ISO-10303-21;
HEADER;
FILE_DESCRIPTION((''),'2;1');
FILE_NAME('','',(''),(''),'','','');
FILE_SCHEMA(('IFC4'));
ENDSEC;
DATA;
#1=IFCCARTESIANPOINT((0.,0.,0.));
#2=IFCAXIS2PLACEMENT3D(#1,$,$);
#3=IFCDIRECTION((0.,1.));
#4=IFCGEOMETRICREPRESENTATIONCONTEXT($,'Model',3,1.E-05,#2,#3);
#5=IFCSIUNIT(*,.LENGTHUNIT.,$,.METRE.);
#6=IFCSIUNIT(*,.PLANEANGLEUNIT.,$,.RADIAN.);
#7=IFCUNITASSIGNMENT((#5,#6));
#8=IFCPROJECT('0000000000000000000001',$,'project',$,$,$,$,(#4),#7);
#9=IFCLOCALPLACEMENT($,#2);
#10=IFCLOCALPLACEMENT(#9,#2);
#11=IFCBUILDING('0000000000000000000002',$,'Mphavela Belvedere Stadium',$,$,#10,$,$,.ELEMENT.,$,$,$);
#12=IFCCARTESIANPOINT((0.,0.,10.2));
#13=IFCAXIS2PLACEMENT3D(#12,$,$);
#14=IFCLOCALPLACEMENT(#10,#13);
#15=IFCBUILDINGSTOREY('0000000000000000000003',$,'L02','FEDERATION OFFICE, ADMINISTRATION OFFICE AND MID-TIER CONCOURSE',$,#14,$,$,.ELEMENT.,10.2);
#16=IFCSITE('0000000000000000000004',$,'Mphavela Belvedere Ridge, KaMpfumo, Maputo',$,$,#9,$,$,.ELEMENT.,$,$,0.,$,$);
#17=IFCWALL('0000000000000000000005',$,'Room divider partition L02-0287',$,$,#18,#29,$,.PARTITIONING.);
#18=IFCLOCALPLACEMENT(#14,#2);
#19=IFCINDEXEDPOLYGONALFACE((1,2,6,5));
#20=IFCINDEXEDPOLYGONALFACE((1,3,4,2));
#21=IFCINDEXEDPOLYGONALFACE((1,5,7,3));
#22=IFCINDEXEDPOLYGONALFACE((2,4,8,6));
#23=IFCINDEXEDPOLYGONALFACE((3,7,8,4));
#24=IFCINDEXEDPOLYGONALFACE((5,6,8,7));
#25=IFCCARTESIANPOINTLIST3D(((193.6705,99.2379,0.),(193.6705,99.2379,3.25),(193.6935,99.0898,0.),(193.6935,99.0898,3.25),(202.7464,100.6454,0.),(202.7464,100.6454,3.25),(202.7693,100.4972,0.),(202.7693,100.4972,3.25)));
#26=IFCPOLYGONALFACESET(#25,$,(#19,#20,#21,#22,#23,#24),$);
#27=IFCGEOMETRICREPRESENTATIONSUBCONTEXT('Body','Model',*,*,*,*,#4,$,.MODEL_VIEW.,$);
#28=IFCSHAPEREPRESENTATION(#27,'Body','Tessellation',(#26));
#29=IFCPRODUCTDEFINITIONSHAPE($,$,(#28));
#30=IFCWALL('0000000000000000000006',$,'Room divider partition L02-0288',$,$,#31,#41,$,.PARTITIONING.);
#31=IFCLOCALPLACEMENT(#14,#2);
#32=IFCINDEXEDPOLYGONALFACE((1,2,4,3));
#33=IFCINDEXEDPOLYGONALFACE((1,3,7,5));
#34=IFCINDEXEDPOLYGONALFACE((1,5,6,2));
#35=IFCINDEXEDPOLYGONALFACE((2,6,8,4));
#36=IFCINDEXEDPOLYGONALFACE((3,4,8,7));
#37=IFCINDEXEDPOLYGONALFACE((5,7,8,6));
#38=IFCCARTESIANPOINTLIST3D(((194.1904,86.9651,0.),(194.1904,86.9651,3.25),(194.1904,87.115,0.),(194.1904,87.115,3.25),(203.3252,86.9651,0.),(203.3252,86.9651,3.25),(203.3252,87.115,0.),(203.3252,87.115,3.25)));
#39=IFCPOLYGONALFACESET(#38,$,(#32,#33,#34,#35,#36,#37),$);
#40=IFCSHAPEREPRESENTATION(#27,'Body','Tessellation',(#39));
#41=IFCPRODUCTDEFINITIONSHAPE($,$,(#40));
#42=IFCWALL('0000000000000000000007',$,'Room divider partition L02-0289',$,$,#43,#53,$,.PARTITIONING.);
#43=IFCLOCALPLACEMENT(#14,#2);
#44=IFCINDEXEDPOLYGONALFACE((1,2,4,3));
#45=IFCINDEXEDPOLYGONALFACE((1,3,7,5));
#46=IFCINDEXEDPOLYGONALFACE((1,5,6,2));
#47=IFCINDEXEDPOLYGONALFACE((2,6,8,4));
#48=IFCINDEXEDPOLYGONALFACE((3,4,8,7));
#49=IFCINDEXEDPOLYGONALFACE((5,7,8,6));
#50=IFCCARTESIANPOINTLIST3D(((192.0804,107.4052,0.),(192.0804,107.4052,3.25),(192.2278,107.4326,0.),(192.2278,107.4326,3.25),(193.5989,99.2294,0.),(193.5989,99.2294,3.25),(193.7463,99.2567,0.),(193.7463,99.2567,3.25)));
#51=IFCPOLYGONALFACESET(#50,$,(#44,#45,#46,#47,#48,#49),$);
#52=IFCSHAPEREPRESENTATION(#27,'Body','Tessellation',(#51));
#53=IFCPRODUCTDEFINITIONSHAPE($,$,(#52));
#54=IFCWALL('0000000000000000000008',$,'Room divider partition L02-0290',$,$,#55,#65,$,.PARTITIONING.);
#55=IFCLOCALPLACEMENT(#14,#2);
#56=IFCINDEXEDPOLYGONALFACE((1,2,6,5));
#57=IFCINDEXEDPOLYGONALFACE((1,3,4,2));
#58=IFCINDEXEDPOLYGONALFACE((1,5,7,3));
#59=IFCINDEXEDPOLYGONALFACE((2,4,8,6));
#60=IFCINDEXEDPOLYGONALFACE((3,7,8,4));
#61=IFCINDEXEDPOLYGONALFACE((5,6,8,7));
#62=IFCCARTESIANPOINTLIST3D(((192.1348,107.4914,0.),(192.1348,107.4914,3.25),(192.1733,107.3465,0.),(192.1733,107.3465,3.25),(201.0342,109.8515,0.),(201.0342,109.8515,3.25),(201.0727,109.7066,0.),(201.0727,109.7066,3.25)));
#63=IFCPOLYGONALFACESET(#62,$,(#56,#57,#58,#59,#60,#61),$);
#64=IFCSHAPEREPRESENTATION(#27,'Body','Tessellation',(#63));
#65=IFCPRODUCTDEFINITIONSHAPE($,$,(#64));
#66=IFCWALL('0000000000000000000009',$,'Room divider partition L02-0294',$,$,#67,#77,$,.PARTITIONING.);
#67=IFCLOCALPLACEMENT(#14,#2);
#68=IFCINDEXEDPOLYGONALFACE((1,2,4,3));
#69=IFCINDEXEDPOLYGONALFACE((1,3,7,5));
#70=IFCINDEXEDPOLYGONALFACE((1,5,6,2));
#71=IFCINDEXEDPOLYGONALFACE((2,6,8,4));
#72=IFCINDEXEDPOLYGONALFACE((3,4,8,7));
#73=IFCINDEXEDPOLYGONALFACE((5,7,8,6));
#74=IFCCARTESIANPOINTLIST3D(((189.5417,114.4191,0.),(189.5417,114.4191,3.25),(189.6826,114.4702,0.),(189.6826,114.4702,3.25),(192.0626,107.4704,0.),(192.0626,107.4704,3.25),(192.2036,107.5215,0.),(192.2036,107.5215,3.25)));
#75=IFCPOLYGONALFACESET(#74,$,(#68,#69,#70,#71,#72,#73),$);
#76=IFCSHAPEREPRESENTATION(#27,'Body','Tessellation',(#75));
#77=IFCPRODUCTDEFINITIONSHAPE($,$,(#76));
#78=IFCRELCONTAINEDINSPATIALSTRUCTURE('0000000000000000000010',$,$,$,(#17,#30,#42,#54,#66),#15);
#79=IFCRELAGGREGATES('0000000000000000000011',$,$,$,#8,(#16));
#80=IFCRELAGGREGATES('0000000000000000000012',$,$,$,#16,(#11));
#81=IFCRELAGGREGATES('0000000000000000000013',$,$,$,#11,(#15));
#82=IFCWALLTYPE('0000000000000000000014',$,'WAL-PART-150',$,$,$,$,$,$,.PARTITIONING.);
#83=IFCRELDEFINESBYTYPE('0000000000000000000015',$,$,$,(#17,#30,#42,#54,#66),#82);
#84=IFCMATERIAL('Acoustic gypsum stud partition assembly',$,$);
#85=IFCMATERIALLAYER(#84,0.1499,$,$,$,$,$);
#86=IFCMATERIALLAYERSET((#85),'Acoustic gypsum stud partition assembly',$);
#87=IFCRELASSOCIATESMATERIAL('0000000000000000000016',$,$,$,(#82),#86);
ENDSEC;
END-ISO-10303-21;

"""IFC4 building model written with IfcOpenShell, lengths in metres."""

from ifc_helpers import new_model, si_unit, direction, frame, frame_2d, origin, place, context, subcontext, project, spatial, rectangle, extrude, material, layer, layer_set, type_object, element, save


model = new_model("IFC4")

# Units and contexts
model_context = context("Model", 3, precision=1e-05, world=origin(), true_north=direction((0.0, 1.0)))
body_context = subcontext(model_context, "Body", "Model", "MODEL_VIEW")
ifc_project = project(units=[si_unit("LENGTHUNIT", "METRE"), si_unit("PLANEANGLEUNIT", "RADIAN")], contexts=[model_context])

# Site, building, storey
site_placement = place(None, origin())
site = spatial("IfcSite", under=ifc_project, at=site_placement, Name="Mphavela Belvedere Ridge, KaMpfumo, Maputo", CompositionType="ELEMENT", RefElevation=0.0)
building_placement = place(site_placement, origin())
building = spatial("IfcBuilding", under=site, at=building_placement, Name="Mphavela Belvedere Stadium", CompositionType="ELEMENT")
storey_placement = place(building_placement, frame((0.0, 0.0, 10.2)))
storey = spatial("IfcBuildingStorey", under=building, at=storey_placement, Name="L02", Description="FEDERATION OFFICE, ADMINISTRATION OFFICE AND MID-TIER CONCOURSE", CompositionType="ELEMENT", Elevation=10.2)

# Shared definitions
ifc_material_1 = material(Name="Acoustic gypsum stud partition assembly")
ifc_layer = layer(ifc_material_1, 0.1499)
ifc_layer_set = layer_set([ifc_layer], Name="Acoustic gypsum stud partition assembly")
wall_type = type_object("IfcWallType", Name="WAL-PART-150", PredefinedType="PARTITIONING", material=ifc_layer_set)

# Walls
wall_1_placement = place(storey_placement, frame((193.6819, 99.1638, 0.0), z_axis=(0.0, 0.0, 1.0), x_axis=(0.988188, 0.153246, 0.0)))
element("IfcWall", 1, at=wall_1_placement, inside=storey, type_object=wall_type, Name="Room divider partition L02-0287", PredefinedType="PARTITIONING", context=body_context, shape_type="SweptSolid", body=[
    extrude(rectangle(XDim=9.1843, YDim=0.1499, at=frame_2d((4.5923, 0.0))), origin(), (0.0, 0.0, 1.0), 3.25),
])
wall_2_placement = place(storey_placement, frame((203.3252, 87.04, 0.0), z_axis=(0.0, 0.0, 1.0), x_axis=(-1.0, 0.0, 0.0)))
element("IfcWall", 2, at=wall_2_placement, inside=storey, type_object=wall_type, Name="Room divider partition L02-0288", PredefinedType="PARTITIONING", context=body_context, shape_type="SweptSolid", body=[
    extrude(rectangle(XDim=9.1348, YDim=0.1499, at=frame_2d((4.5674, 0.0))), origin(), (0.0, 0.0, 1.0), 3.25),
])
wall_3_placement = place(storey_placement, frame((193.6726, 99.2432, 0.0), z_axis=(0.0, 0.0, 1.0), x_axis=(-0.182615, 0.983185, 0.0)))
element("IfcWall", 3, at=wall_3_placement, inside=storey, type_object=wall_type, Name="Room divider partition L02-0289", PredefinedType="PARTITIONING", context=body_context, shape_type="SweptSolid", body=[
    extrude(rectangle(XDim=8.3157, YDim=0.1499, at=frame_2d((4.1577, 0.0))), origin(), (0.0, 0.0, 1.0), 3.25),
])
wall_4_placement = place(storey_placement, frame((192.1541, 107.4189, 0.0), z_axis=(0.0, 0.0, 1.0), x_axis=(0.966587, 0.256337, 0.0)))
element("IfcWall", 4, at=wall_4_placement, inside=storey, type_object=wall_type, Name="Room divider partition L02-0290", PredefinedType="PARTITIONING", context=body_context, shape_type="SweptSolid", body=[
    extrude(rectangle(XDim=9.207, YDim=0.1499, at=frame_2d((4.6035, 0.0))), origin(), (0.0, 0.0, 1.0), 3.25),
])
wall_5_placement = place(storey_placement, frame((192.1331, 107.4961, 0.0), z_axis=(0.0, 0.0, 1.0), x_axis=(-0.341048, 0.940046, 0.0)))
element("IfcWall", 5, at=wall_5_placement, inside=storey, type_object=wall_type, Name="Room divider partition L02-0294", PredefinedType="PARTITIONING", context=body_context, shape_type="SweptSolid", body=[
    extrude(rectangle(XDim=7.3918, YDim=0.1499, at=frame_2d((3.6958, 0.0))), origin(), (0.0, 0.0, 1.0), 3.25),
])

save(model, "model.ifc")
